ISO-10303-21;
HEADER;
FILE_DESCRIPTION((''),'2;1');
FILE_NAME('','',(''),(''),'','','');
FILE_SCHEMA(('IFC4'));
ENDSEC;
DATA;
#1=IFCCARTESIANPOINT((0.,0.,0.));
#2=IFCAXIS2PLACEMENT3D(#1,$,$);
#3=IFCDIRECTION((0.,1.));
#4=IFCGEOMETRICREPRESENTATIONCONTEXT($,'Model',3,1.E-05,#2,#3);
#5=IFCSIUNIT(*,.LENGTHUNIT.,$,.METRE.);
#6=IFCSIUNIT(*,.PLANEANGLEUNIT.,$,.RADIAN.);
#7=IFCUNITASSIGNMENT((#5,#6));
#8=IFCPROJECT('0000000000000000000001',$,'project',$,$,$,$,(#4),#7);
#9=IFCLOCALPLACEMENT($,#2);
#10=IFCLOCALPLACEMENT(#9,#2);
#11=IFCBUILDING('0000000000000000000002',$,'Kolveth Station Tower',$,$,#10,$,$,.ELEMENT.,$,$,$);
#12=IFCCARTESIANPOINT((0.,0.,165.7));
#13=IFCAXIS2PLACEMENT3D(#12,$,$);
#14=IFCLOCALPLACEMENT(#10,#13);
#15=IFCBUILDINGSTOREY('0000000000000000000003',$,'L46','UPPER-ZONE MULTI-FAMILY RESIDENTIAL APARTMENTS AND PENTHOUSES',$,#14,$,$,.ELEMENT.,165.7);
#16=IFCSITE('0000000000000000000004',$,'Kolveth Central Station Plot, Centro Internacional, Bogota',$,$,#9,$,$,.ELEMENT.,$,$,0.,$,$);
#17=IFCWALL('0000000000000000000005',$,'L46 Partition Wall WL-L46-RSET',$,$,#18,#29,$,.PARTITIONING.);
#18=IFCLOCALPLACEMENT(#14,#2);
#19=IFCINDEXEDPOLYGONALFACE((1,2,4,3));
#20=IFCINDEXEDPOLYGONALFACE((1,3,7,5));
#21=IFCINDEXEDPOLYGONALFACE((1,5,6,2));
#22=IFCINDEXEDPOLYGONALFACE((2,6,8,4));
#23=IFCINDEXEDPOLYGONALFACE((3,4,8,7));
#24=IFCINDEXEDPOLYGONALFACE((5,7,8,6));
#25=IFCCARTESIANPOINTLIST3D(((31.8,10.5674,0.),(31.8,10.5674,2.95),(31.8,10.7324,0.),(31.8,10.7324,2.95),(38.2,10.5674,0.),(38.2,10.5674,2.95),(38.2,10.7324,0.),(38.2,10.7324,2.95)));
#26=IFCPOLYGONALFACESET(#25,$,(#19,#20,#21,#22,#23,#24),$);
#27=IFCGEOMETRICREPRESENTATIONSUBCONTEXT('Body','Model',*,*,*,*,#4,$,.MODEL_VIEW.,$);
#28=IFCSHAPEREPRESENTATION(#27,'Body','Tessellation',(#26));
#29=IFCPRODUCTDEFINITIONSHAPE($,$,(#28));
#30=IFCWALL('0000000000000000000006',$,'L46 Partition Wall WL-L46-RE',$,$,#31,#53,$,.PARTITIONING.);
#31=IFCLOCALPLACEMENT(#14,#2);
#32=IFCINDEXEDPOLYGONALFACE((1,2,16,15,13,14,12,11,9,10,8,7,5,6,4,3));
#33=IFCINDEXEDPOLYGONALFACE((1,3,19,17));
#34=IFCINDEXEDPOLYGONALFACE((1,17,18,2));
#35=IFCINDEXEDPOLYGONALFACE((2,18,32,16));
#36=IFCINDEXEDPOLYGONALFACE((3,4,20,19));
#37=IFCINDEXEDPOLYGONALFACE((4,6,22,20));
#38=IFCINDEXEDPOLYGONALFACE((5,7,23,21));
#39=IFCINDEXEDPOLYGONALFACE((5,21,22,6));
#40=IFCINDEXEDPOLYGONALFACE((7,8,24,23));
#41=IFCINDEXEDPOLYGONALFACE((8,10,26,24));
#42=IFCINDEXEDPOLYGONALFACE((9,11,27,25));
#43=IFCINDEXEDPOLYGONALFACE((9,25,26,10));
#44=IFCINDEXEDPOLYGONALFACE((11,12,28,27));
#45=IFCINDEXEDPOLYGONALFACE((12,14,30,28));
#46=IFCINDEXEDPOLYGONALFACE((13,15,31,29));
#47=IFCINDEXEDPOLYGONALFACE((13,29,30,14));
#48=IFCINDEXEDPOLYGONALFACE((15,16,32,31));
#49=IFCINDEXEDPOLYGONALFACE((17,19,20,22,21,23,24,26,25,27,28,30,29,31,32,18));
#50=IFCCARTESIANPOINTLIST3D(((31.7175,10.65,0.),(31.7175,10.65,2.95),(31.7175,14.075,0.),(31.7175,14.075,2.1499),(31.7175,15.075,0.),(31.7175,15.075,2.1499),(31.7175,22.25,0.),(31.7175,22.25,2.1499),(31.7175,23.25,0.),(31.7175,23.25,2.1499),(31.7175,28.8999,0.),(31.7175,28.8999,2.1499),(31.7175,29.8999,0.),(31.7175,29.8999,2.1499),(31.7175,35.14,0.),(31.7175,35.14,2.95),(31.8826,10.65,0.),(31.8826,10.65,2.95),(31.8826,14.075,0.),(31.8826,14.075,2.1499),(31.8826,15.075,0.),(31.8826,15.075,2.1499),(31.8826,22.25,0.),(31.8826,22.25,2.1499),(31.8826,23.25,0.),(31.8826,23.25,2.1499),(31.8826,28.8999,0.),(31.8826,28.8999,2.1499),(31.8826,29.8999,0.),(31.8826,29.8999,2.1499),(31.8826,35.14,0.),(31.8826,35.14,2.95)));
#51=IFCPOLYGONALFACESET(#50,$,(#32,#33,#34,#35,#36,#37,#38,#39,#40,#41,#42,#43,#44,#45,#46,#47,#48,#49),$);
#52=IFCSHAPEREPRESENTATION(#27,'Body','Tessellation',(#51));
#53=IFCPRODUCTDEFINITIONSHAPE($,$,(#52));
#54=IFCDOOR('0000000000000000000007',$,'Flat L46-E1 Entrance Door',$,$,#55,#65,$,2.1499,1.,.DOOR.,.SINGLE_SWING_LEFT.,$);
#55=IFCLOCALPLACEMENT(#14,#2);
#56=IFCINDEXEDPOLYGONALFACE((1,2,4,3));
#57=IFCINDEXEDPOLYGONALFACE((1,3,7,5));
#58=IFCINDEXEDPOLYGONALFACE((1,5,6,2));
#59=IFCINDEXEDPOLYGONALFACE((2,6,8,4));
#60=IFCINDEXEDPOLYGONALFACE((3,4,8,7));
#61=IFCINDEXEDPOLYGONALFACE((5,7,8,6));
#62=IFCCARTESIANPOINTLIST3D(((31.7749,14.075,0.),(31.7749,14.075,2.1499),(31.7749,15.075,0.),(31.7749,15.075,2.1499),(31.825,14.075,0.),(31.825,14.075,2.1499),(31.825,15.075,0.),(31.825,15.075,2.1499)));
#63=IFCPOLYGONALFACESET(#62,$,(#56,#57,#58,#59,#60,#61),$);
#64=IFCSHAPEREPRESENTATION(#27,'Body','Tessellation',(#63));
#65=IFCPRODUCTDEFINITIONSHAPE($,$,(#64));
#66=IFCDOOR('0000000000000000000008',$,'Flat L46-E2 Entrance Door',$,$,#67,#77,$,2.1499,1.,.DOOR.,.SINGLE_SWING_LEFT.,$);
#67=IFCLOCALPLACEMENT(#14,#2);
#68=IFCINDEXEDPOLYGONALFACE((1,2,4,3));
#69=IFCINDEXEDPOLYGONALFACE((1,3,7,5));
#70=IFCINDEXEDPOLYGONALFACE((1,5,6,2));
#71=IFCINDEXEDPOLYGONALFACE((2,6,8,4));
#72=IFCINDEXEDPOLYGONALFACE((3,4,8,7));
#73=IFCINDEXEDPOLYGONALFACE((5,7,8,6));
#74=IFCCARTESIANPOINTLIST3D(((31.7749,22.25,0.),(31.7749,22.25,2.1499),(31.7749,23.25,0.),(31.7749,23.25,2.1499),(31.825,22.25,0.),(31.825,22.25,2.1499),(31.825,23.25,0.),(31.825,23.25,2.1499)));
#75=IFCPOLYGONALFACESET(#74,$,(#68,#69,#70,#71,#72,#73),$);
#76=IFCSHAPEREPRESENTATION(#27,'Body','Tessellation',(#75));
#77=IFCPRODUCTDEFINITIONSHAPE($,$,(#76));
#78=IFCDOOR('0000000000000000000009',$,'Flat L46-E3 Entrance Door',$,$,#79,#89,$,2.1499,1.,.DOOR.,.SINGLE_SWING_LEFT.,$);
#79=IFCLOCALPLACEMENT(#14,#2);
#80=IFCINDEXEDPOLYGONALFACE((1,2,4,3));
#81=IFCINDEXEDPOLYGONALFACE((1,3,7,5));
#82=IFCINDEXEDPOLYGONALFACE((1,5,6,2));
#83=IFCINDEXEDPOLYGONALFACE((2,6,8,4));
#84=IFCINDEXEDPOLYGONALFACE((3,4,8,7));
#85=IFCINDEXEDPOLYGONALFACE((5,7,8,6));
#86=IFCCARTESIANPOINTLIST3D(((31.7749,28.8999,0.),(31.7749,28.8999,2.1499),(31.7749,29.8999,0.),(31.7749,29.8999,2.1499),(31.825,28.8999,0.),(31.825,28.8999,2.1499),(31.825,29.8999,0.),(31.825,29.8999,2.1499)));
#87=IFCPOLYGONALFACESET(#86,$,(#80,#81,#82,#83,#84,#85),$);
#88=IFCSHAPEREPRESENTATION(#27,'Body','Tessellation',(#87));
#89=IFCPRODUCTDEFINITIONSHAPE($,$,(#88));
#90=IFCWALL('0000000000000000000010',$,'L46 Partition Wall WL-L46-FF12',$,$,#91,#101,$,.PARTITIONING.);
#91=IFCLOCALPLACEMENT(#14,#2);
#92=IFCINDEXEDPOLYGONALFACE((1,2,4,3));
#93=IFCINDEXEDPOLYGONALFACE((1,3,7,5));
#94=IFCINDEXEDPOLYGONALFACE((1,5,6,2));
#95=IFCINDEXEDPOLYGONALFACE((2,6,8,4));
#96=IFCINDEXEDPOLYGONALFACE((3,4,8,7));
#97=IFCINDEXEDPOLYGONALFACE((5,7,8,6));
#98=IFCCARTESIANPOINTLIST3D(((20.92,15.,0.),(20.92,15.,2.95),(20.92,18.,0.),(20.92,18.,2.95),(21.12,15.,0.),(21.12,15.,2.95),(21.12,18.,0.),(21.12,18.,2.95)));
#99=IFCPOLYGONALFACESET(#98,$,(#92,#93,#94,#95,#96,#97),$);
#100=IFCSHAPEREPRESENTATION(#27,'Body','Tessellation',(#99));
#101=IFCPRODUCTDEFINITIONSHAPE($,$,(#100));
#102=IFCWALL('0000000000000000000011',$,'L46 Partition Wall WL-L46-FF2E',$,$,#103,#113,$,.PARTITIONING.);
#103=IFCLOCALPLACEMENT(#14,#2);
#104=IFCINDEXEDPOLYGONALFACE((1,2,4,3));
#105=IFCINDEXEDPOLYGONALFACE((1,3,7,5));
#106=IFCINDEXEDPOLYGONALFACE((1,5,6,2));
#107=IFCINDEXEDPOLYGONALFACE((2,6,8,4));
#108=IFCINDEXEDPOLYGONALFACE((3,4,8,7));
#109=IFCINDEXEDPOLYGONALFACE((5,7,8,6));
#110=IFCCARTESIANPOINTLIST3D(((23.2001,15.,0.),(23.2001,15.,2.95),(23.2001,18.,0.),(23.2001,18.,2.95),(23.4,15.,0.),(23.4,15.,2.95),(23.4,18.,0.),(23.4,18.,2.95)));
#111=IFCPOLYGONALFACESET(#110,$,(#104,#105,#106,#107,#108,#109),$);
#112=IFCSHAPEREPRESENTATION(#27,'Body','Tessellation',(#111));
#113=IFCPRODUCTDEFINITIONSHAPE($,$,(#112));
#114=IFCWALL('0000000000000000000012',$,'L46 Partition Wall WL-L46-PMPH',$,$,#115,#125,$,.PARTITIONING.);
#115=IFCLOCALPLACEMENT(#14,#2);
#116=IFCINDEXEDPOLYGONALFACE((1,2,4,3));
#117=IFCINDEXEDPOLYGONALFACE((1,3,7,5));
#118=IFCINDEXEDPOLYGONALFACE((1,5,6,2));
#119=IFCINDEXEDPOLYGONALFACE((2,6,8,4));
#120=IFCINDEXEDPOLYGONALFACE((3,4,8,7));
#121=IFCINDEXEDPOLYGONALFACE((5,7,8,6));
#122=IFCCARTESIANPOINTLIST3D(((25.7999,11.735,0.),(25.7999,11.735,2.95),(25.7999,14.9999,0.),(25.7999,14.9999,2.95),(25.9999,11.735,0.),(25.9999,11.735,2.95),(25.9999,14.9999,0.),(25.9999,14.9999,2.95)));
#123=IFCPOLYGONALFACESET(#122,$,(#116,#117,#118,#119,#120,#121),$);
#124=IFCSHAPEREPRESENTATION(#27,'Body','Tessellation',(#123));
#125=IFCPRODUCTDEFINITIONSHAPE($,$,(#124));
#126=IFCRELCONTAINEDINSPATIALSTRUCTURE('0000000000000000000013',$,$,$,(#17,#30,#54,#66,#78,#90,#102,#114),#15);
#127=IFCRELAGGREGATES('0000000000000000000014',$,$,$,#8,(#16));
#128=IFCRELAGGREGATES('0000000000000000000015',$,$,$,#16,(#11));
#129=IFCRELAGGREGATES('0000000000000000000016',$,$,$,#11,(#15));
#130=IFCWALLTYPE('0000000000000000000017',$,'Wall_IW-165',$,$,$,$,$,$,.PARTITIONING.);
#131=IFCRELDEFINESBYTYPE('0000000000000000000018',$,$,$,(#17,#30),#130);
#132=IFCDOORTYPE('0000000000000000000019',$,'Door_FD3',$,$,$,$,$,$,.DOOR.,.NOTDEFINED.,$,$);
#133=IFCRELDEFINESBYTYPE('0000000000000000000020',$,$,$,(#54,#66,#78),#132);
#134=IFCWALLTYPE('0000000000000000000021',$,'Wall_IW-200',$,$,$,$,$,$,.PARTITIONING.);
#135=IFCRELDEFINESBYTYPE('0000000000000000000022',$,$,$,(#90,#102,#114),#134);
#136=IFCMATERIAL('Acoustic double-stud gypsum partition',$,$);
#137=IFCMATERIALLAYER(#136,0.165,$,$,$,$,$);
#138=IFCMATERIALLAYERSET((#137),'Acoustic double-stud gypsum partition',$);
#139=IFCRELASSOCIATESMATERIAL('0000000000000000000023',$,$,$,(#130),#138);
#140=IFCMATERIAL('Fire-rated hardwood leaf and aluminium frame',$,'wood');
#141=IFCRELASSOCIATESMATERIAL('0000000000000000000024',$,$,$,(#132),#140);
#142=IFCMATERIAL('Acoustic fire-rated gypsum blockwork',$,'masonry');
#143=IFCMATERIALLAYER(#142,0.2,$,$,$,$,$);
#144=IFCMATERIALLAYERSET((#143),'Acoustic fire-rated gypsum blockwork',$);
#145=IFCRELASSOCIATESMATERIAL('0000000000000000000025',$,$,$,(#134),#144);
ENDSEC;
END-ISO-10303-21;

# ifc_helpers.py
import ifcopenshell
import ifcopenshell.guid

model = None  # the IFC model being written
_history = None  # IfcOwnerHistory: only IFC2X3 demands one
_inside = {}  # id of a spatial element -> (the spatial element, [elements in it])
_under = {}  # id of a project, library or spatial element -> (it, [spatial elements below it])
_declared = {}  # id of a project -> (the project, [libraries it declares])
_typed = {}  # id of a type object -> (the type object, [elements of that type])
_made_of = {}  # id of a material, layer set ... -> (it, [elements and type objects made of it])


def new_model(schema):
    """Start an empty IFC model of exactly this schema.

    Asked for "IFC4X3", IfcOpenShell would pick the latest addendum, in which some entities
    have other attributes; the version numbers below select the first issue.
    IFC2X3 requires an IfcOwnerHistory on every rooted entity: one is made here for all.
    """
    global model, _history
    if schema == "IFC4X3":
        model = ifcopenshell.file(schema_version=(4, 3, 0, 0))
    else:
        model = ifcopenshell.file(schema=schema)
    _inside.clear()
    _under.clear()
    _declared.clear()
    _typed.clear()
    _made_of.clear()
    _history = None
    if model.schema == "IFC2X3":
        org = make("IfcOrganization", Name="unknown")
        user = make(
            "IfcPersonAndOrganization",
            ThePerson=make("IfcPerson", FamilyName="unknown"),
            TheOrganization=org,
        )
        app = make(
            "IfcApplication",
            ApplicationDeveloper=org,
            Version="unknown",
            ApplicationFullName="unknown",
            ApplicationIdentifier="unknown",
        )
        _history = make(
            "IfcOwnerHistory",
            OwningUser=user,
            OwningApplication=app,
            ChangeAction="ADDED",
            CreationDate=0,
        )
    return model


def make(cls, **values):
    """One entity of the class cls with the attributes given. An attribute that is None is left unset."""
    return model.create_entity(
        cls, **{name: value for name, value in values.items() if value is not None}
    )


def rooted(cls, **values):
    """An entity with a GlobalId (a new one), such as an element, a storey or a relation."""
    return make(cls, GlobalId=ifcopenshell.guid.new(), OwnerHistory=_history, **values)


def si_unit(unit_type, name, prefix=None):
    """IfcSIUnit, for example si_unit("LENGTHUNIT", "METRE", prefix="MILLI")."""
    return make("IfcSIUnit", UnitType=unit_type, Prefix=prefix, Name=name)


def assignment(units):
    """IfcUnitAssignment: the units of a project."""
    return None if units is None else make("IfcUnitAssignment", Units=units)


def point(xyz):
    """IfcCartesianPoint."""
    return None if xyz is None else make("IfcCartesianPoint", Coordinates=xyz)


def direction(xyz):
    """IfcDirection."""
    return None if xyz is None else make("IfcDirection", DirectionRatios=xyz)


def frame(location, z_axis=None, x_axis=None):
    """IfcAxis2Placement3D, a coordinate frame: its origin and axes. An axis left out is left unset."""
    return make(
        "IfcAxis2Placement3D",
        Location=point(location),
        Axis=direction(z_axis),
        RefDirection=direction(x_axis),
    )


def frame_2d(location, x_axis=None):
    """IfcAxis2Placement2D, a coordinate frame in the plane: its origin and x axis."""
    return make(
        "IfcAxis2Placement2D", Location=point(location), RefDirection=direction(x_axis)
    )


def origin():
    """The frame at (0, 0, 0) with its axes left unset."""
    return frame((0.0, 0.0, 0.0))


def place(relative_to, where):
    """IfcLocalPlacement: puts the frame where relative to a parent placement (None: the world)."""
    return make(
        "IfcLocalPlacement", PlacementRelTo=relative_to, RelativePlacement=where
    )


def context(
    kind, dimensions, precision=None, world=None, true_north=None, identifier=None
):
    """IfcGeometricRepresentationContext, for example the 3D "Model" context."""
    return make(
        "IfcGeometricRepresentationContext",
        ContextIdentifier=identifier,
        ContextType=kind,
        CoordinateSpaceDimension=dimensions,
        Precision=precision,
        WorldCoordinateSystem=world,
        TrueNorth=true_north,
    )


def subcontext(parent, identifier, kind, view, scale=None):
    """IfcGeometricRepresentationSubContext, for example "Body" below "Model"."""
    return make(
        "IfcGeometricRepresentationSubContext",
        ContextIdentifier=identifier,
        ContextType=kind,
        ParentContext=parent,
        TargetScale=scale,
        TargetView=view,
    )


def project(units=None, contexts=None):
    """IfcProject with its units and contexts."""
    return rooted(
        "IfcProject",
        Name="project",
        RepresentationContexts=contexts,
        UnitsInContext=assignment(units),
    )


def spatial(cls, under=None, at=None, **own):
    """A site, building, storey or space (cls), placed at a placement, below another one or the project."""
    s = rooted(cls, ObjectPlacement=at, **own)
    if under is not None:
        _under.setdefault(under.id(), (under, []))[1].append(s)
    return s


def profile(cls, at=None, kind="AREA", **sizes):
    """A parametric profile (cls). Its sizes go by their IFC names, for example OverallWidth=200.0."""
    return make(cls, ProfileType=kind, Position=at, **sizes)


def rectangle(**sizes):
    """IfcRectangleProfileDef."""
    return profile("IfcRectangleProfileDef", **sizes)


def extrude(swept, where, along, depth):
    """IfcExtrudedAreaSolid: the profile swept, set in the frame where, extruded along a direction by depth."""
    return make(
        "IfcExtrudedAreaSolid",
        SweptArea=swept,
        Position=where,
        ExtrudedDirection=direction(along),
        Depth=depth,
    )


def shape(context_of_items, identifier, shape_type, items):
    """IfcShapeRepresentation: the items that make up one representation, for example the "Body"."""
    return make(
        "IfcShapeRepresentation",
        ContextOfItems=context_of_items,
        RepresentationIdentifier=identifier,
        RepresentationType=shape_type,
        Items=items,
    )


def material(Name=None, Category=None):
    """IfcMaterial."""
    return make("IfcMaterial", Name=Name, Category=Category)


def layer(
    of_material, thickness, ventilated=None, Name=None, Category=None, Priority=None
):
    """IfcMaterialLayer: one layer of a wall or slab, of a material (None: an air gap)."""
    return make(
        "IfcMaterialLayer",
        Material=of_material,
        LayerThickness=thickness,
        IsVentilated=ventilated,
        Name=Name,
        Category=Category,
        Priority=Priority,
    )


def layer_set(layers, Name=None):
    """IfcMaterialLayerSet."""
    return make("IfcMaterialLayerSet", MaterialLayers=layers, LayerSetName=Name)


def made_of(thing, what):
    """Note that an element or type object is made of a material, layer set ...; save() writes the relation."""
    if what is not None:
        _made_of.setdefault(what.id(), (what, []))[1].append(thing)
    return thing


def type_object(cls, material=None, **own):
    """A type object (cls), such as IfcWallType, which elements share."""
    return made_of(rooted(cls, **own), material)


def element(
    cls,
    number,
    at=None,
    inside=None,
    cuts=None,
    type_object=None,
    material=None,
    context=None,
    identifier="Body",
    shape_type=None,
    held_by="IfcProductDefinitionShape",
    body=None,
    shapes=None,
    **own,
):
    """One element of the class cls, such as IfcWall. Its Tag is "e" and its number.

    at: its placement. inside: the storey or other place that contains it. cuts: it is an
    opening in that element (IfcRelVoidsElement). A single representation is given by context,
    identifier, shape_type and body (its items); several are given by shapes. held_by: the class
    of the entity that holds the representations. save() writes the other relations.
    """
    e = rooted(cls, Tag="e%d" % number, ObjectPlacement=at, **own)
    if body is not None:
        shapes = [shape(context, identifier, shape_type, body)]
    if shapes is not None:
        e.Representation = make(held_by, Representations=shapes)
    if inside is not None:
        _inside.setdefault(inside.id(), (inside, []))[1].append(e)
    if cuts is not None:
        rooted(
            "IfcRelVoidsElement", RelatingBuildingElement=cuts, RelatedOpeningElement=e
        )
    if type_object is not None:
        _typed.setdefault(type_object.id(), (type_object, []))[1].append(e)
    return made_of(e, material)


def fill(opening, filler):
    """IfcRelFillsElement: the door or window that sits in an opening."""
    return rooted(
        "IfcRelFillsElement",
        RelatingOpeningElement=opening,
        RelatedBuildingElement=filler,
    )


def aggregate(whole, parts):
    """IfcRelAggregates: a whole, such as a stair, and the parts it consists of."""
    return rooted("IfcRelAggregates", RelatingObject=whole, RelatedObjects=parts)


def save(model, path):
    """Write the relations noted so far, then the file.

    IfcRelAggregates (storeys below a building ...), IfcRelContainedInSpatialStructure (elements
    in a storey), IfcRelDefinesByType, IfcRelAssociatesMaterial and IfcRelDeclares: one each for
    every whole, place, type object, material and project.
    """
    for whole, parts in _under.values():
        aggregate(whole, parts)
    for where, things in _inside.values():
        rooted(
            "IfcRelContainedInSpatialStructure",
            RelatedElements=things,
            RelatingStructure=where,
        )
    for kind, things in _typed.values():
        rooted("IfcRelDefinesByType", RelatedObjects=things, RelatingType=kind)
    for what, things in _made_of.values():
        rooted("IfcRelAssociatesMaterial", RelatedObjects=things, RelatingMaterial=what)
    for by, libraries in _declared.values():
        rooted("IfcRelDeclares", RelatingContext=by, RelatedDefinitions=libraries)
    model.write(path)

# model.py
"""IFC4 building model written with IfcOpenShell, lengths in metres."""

from ifc_helpers import new_model, si_unit, direction, frame, frame_2d, origin, place, context, subcontext, project, spatial, rectangle, extrude, material, layer, layer_set, type_object, element, fill, save


model = new_model("IFC4")

# Units and contexts
model_context = context("Model", 3, precision=1e-05, world=origin(), true_north=direction((0.0, 1.0)))
body_context = subcontext(model_context, "Body", "Model", "MODEL_VIEW")
ifc_project = project(units=[si_unit("LENGTHUNIT", "METRE"), si_unit("PLANEANGLEUNIT", "RADIAN")], contexts=[model_context])

# Site, building, storey
site_placement = place(None, origin())
site = spatial("IfcSite", under=ifc_project, at=site_placement, Name="Kolveth Central Station Plot, Centro Internacional, Bogota", CompositionType="ELEMENT", RefElevation=0.0)
building_placement = place(site_placement, origin())
building = spatial("IfcBuilding", under=site, at=building_placement, Name="Kolveth Station Tower", CompositionType="ELEMENT")
storey_placement = place(building_placement, frame((0.0, 0.0, 165.7)))
storey = spatial("IfcBuildingStorey", under=building, at=storey_placement, Name="L46", Description="UPPER-ZONE MULTI-FAMILY RESIDENTIAL APARTMENTS AND PENTHOUSES", CompositionType="ELEMENT", Elevation=165.7)

# Shared definitions
ifc_material_1 = material(Name="Acoustic double-stud gypsum partition")
ifc_layer_1 = layer(ifc_material_1, 0.165)
ifc_layer_set_1 = layer_set([ifc_layer_1], Name="Acoustic double-stud gypsum partition")
wall_type_1 = type_object("IfcWallType", Name="Wall_IW-165", PredefinedType="PARTITIONING", material=ifc_layer_set_1)

# Wall
wall_1_placement = place(storey_placement, frame((31.8, 10.6499, 0.0), z_axis=(0.0, 0.0, 1.0), x_axis=(1.0, 0.0, 0.0)))
element("IfcWall", 1, at=wall_1_placement, inside=storey, type_object=wall_type_1, Name="L46 Partition Wall WL-L46-RSET", PredefinedType="PARTITIONING", context=body_context, shape_type="SweptSolid", body=[
    extrude(rectangle(XDim=6.3999, YDim=0.165, at=frame_2d((3.2, 0.0))), origin(), (0.0, 0.0, 1.0), 2.95),
])

# Wall, openings, doors
wall_2_placement = place(storey_placement, frame((31.8, 10.6499, 0.0), z_axis=(0.0, 0.0, 1.0), x_axis=(0.0, 1.0, 0.0)))
wall_2 = element("IfcWall", 2, at=wall_2_placement, inside=storey, type_object=wall_type_1, Name="L46 Partition Wall WL-L46-RE", PredefinedType="PARTITIONING", context=body_context, shape_type="SweptSolid", body=[
    extrude(rectangle(XDim=24.49, YDim=0.165, at=frame_2d((12.2451, 0.0))), origin(), (0.0, 0.0, 1.0), 2.95),
])
opening_1_placement = place(wall_2_placement, frame((3.425, 0.0, 0.0)))
opening_1 = element("IfcOpeningElement", 3, at=opening_1_placement, cuts=wall_2, PredefinedType="OPENING", context=body_context, shape_type="SweptSolid", body=[
    extrude(rectangle(XDim=1.0, YDim=2.1499, at=frame_2d((0.5, 1.075))), frame((0.0, 0.0925, 0.0), z_axis=(0.0, -1.0, 0.0), x_axis=(1.0, 0.0, 0.0)), (0.0, 0.0, 1.0), 0.1851),
])
opening_2_placement = place(wall_2_placement, frame((11.6001, 0.0, 0.0)))
opening_2 = element("IfcOpeningElement", 4, at=opening_2_placement, cuts=wall_2, PredefinedType="OPENING", context=body_context, shape_type="SweptSolid", body=[
    extrude(rectangle(XDim=1.0, YDim=2.1499, at=frame_2d((0.5, 1.075))), frame((0.0, 0.0925, 0.0), z_axis=(0.0, -1.0, 0.0), x_axis=(1.0, 0.0, 0.0)), (0.0, 0.0, 1.0), 0.1851),
])
opening_3_placement = place(wall_2_placement, frame((18.25, 0.0, 0.0)))
opening_3 = element("IfcOpeningElement", 5, at=opening_3_placement, cuts=wall_2, PredefinedType="OPENING", context=body_context, shape_type="SweptSolid", body=[
    extrude(rectangle(XDim=1.0, YDim=2.1499, at=frame_2d((0.5, 1.075))), frame((0.0, 0.0925, 0.0), z_axis=(0.0, -1.0, 0.0), x_axis=(1.0, 0.0, 0.0)), (0.0, 0.0, 1.0), 0.1851),
])
ifc_material_2 = material(Name="Fire-rated hardwood leaf and aluminium frame", Category="wood")
door_type_1 = type_object("IfcDoorType", Name="Door_FD3", OperationType="NOTDEFINED", PredefinedType="DOOR", material=ifc_material_2)
door_1_placement = place(opening_1_placement, frame((1.0, 0.0, 0.0), z_axis=(0.0, 0.0, 1.0), x_axis=(-1.0, 0.0, 0.0)))
door_1 = element("IfcDoor", 6, at=door_1_placement, inside=storey, type_object=door_type_1, Name="Flat L46-E1 Entrance Door", OperationType="SINGLE_SWING_LEFT", OverallHeight=2.1499, OverallWidth=1.0, PredefinedType="DOOR", context=body_context, shape_type="SweptSolid", body=[
    extrude(rectangle(XDim=1.0, YDim=2.1499, at=frame_2d((0.5, 1.075))), frame((0.0, 0.0249, 0.0), z_axis=(0.0, -1.0, 0.0), x_axis=(1.0, 0.0, 0.0)), (0.0, 0.0, 1.0), 0.05),
])
fill(opening_1, door_1)
door_2_placement = place(opening_2_placement, frame((1.0, 0.0, 0.0), z_axis=(0.0, 0.0, 1.0), x_axis=(-1.0, 0.0, 0.0)))
door_2 = element("IfcDoor", 7, at=door_2_placement, inside=storey, type_object=door_type_1, Name="Flat L46-E2 Entrance Door", OperationType="SINGLE_SWING_LEFT", OverallHeight=2.1499, OverallWidth=1.0, PredefinedType="DOOR", context=body_context, shape_type="SweptSolid", body=[
    extrude(rectangle(XDim=1.0, YDim=2.1499, at=frame_2d((0.5, 1.075))), frame((0.0, 0.0249, 0.0), z_axis=(0.0, -1.0, 0.0), x_axis=(1.0, 0.0, 0.0)), (0.0, 0.0, 1.0), 0.05),
])
fill(opening_2, door_2)
door_3_placement = place(opening_3_placement, frame((1.0, 0.0, 0.0), z_axis=(0.0, 0.0, 1.0), x_axis=(-1.0, 0.0, 0.0)))
door_3 = element("IfcDoor", 8, at=door_3_placement, inside=storey, type_object=door_type_1, Name="Flat L46-E3 Entrance Door", OperationType="SINGLE_SWING_LEFT", OverallHeight=2.1499, OverallWidth=1.0, PredefinedType="DOOR", context=body_context, shape_type="SweptSolid", body=[
    extrude(rectangle(XDim=1.0, YDim=2.1499, at=frame_2d((0.5, 1.075))), frame((0.0, 0.0249, 0.0), z_axis=(0.0, -1.0, 0.0), x_axis=(1.0, 0.0, 0.0)), (0.0, 0.0, 1.0), 0.05),
])
fill(opening_3, door_3)

# Walls
ifc_material_3 = material(Name="Acoustic fire-rated gypsum blockwork", Category="masonry")
ifc_layer_2 = layer(ifc_material_3, 0.2)
ifc_layer_set_2 = layer_set([ifc_layer_2], Name="Acoustic fire-rated gypsum blockwork")
wall_type_2 = type_object("IfcWallType", Name="Wall_IW-200", PredefinedType="PARTITIONING", material=ifc_layer_set_2)
for number, where, z_axis, x_axis, name in (
    (9, (21.02, 15.0, 0.0), (0.0, 0.0, 1.0), (0.0, 1.0, 0.0), "L46 Partition Wall WL-L46-FF12"),
    (10, (23.3, 15.0, 0.0), (0.0, 0.0, 1.0), (0.0, 1.0, 0.0), "L46 Partition Wall WL-L46-FF2E"),
):
    element("IfcWall", number, at=place(storey_placement, frame(where, z_axis=z_axis, x_axis=x_axis)), inside=storey, type_object=wall_type_2, Name=name, PredefinedType="PARTITIONING", context=body_context, shape_type="SweptSolid", body=[
        extrude(rectangle(XDim=3.0, YDim=0.2, at=frame_2d((1.5, 0.0))), origin(), (0.0, 0.0, 1.0), 2.95),
    ])
wall_3_placement = place(storey_placement, frame((25.8999, 11.7351, 0.0), z_axis=(0.0, 0.0, 1.0), x_axis=(0.0, 1.0, 0.0)))
element("IfcWall", 11, at=wall_3_placement, inside=storey, type_object=wall_type_2, Name="L46 Partition Wall WL-L46-PMPH", PredefinedType="PARTITIONING", context=body_context, shape_type="SweptSolid", body=[
    extrude(rectangle(XDim=3.2649, YDim=0.2, at=frame_2d((1.6323, 0.0))), origin(), (0.0, 0.0, 1.0), 2.95),
])

save(model, "model.ifc")
